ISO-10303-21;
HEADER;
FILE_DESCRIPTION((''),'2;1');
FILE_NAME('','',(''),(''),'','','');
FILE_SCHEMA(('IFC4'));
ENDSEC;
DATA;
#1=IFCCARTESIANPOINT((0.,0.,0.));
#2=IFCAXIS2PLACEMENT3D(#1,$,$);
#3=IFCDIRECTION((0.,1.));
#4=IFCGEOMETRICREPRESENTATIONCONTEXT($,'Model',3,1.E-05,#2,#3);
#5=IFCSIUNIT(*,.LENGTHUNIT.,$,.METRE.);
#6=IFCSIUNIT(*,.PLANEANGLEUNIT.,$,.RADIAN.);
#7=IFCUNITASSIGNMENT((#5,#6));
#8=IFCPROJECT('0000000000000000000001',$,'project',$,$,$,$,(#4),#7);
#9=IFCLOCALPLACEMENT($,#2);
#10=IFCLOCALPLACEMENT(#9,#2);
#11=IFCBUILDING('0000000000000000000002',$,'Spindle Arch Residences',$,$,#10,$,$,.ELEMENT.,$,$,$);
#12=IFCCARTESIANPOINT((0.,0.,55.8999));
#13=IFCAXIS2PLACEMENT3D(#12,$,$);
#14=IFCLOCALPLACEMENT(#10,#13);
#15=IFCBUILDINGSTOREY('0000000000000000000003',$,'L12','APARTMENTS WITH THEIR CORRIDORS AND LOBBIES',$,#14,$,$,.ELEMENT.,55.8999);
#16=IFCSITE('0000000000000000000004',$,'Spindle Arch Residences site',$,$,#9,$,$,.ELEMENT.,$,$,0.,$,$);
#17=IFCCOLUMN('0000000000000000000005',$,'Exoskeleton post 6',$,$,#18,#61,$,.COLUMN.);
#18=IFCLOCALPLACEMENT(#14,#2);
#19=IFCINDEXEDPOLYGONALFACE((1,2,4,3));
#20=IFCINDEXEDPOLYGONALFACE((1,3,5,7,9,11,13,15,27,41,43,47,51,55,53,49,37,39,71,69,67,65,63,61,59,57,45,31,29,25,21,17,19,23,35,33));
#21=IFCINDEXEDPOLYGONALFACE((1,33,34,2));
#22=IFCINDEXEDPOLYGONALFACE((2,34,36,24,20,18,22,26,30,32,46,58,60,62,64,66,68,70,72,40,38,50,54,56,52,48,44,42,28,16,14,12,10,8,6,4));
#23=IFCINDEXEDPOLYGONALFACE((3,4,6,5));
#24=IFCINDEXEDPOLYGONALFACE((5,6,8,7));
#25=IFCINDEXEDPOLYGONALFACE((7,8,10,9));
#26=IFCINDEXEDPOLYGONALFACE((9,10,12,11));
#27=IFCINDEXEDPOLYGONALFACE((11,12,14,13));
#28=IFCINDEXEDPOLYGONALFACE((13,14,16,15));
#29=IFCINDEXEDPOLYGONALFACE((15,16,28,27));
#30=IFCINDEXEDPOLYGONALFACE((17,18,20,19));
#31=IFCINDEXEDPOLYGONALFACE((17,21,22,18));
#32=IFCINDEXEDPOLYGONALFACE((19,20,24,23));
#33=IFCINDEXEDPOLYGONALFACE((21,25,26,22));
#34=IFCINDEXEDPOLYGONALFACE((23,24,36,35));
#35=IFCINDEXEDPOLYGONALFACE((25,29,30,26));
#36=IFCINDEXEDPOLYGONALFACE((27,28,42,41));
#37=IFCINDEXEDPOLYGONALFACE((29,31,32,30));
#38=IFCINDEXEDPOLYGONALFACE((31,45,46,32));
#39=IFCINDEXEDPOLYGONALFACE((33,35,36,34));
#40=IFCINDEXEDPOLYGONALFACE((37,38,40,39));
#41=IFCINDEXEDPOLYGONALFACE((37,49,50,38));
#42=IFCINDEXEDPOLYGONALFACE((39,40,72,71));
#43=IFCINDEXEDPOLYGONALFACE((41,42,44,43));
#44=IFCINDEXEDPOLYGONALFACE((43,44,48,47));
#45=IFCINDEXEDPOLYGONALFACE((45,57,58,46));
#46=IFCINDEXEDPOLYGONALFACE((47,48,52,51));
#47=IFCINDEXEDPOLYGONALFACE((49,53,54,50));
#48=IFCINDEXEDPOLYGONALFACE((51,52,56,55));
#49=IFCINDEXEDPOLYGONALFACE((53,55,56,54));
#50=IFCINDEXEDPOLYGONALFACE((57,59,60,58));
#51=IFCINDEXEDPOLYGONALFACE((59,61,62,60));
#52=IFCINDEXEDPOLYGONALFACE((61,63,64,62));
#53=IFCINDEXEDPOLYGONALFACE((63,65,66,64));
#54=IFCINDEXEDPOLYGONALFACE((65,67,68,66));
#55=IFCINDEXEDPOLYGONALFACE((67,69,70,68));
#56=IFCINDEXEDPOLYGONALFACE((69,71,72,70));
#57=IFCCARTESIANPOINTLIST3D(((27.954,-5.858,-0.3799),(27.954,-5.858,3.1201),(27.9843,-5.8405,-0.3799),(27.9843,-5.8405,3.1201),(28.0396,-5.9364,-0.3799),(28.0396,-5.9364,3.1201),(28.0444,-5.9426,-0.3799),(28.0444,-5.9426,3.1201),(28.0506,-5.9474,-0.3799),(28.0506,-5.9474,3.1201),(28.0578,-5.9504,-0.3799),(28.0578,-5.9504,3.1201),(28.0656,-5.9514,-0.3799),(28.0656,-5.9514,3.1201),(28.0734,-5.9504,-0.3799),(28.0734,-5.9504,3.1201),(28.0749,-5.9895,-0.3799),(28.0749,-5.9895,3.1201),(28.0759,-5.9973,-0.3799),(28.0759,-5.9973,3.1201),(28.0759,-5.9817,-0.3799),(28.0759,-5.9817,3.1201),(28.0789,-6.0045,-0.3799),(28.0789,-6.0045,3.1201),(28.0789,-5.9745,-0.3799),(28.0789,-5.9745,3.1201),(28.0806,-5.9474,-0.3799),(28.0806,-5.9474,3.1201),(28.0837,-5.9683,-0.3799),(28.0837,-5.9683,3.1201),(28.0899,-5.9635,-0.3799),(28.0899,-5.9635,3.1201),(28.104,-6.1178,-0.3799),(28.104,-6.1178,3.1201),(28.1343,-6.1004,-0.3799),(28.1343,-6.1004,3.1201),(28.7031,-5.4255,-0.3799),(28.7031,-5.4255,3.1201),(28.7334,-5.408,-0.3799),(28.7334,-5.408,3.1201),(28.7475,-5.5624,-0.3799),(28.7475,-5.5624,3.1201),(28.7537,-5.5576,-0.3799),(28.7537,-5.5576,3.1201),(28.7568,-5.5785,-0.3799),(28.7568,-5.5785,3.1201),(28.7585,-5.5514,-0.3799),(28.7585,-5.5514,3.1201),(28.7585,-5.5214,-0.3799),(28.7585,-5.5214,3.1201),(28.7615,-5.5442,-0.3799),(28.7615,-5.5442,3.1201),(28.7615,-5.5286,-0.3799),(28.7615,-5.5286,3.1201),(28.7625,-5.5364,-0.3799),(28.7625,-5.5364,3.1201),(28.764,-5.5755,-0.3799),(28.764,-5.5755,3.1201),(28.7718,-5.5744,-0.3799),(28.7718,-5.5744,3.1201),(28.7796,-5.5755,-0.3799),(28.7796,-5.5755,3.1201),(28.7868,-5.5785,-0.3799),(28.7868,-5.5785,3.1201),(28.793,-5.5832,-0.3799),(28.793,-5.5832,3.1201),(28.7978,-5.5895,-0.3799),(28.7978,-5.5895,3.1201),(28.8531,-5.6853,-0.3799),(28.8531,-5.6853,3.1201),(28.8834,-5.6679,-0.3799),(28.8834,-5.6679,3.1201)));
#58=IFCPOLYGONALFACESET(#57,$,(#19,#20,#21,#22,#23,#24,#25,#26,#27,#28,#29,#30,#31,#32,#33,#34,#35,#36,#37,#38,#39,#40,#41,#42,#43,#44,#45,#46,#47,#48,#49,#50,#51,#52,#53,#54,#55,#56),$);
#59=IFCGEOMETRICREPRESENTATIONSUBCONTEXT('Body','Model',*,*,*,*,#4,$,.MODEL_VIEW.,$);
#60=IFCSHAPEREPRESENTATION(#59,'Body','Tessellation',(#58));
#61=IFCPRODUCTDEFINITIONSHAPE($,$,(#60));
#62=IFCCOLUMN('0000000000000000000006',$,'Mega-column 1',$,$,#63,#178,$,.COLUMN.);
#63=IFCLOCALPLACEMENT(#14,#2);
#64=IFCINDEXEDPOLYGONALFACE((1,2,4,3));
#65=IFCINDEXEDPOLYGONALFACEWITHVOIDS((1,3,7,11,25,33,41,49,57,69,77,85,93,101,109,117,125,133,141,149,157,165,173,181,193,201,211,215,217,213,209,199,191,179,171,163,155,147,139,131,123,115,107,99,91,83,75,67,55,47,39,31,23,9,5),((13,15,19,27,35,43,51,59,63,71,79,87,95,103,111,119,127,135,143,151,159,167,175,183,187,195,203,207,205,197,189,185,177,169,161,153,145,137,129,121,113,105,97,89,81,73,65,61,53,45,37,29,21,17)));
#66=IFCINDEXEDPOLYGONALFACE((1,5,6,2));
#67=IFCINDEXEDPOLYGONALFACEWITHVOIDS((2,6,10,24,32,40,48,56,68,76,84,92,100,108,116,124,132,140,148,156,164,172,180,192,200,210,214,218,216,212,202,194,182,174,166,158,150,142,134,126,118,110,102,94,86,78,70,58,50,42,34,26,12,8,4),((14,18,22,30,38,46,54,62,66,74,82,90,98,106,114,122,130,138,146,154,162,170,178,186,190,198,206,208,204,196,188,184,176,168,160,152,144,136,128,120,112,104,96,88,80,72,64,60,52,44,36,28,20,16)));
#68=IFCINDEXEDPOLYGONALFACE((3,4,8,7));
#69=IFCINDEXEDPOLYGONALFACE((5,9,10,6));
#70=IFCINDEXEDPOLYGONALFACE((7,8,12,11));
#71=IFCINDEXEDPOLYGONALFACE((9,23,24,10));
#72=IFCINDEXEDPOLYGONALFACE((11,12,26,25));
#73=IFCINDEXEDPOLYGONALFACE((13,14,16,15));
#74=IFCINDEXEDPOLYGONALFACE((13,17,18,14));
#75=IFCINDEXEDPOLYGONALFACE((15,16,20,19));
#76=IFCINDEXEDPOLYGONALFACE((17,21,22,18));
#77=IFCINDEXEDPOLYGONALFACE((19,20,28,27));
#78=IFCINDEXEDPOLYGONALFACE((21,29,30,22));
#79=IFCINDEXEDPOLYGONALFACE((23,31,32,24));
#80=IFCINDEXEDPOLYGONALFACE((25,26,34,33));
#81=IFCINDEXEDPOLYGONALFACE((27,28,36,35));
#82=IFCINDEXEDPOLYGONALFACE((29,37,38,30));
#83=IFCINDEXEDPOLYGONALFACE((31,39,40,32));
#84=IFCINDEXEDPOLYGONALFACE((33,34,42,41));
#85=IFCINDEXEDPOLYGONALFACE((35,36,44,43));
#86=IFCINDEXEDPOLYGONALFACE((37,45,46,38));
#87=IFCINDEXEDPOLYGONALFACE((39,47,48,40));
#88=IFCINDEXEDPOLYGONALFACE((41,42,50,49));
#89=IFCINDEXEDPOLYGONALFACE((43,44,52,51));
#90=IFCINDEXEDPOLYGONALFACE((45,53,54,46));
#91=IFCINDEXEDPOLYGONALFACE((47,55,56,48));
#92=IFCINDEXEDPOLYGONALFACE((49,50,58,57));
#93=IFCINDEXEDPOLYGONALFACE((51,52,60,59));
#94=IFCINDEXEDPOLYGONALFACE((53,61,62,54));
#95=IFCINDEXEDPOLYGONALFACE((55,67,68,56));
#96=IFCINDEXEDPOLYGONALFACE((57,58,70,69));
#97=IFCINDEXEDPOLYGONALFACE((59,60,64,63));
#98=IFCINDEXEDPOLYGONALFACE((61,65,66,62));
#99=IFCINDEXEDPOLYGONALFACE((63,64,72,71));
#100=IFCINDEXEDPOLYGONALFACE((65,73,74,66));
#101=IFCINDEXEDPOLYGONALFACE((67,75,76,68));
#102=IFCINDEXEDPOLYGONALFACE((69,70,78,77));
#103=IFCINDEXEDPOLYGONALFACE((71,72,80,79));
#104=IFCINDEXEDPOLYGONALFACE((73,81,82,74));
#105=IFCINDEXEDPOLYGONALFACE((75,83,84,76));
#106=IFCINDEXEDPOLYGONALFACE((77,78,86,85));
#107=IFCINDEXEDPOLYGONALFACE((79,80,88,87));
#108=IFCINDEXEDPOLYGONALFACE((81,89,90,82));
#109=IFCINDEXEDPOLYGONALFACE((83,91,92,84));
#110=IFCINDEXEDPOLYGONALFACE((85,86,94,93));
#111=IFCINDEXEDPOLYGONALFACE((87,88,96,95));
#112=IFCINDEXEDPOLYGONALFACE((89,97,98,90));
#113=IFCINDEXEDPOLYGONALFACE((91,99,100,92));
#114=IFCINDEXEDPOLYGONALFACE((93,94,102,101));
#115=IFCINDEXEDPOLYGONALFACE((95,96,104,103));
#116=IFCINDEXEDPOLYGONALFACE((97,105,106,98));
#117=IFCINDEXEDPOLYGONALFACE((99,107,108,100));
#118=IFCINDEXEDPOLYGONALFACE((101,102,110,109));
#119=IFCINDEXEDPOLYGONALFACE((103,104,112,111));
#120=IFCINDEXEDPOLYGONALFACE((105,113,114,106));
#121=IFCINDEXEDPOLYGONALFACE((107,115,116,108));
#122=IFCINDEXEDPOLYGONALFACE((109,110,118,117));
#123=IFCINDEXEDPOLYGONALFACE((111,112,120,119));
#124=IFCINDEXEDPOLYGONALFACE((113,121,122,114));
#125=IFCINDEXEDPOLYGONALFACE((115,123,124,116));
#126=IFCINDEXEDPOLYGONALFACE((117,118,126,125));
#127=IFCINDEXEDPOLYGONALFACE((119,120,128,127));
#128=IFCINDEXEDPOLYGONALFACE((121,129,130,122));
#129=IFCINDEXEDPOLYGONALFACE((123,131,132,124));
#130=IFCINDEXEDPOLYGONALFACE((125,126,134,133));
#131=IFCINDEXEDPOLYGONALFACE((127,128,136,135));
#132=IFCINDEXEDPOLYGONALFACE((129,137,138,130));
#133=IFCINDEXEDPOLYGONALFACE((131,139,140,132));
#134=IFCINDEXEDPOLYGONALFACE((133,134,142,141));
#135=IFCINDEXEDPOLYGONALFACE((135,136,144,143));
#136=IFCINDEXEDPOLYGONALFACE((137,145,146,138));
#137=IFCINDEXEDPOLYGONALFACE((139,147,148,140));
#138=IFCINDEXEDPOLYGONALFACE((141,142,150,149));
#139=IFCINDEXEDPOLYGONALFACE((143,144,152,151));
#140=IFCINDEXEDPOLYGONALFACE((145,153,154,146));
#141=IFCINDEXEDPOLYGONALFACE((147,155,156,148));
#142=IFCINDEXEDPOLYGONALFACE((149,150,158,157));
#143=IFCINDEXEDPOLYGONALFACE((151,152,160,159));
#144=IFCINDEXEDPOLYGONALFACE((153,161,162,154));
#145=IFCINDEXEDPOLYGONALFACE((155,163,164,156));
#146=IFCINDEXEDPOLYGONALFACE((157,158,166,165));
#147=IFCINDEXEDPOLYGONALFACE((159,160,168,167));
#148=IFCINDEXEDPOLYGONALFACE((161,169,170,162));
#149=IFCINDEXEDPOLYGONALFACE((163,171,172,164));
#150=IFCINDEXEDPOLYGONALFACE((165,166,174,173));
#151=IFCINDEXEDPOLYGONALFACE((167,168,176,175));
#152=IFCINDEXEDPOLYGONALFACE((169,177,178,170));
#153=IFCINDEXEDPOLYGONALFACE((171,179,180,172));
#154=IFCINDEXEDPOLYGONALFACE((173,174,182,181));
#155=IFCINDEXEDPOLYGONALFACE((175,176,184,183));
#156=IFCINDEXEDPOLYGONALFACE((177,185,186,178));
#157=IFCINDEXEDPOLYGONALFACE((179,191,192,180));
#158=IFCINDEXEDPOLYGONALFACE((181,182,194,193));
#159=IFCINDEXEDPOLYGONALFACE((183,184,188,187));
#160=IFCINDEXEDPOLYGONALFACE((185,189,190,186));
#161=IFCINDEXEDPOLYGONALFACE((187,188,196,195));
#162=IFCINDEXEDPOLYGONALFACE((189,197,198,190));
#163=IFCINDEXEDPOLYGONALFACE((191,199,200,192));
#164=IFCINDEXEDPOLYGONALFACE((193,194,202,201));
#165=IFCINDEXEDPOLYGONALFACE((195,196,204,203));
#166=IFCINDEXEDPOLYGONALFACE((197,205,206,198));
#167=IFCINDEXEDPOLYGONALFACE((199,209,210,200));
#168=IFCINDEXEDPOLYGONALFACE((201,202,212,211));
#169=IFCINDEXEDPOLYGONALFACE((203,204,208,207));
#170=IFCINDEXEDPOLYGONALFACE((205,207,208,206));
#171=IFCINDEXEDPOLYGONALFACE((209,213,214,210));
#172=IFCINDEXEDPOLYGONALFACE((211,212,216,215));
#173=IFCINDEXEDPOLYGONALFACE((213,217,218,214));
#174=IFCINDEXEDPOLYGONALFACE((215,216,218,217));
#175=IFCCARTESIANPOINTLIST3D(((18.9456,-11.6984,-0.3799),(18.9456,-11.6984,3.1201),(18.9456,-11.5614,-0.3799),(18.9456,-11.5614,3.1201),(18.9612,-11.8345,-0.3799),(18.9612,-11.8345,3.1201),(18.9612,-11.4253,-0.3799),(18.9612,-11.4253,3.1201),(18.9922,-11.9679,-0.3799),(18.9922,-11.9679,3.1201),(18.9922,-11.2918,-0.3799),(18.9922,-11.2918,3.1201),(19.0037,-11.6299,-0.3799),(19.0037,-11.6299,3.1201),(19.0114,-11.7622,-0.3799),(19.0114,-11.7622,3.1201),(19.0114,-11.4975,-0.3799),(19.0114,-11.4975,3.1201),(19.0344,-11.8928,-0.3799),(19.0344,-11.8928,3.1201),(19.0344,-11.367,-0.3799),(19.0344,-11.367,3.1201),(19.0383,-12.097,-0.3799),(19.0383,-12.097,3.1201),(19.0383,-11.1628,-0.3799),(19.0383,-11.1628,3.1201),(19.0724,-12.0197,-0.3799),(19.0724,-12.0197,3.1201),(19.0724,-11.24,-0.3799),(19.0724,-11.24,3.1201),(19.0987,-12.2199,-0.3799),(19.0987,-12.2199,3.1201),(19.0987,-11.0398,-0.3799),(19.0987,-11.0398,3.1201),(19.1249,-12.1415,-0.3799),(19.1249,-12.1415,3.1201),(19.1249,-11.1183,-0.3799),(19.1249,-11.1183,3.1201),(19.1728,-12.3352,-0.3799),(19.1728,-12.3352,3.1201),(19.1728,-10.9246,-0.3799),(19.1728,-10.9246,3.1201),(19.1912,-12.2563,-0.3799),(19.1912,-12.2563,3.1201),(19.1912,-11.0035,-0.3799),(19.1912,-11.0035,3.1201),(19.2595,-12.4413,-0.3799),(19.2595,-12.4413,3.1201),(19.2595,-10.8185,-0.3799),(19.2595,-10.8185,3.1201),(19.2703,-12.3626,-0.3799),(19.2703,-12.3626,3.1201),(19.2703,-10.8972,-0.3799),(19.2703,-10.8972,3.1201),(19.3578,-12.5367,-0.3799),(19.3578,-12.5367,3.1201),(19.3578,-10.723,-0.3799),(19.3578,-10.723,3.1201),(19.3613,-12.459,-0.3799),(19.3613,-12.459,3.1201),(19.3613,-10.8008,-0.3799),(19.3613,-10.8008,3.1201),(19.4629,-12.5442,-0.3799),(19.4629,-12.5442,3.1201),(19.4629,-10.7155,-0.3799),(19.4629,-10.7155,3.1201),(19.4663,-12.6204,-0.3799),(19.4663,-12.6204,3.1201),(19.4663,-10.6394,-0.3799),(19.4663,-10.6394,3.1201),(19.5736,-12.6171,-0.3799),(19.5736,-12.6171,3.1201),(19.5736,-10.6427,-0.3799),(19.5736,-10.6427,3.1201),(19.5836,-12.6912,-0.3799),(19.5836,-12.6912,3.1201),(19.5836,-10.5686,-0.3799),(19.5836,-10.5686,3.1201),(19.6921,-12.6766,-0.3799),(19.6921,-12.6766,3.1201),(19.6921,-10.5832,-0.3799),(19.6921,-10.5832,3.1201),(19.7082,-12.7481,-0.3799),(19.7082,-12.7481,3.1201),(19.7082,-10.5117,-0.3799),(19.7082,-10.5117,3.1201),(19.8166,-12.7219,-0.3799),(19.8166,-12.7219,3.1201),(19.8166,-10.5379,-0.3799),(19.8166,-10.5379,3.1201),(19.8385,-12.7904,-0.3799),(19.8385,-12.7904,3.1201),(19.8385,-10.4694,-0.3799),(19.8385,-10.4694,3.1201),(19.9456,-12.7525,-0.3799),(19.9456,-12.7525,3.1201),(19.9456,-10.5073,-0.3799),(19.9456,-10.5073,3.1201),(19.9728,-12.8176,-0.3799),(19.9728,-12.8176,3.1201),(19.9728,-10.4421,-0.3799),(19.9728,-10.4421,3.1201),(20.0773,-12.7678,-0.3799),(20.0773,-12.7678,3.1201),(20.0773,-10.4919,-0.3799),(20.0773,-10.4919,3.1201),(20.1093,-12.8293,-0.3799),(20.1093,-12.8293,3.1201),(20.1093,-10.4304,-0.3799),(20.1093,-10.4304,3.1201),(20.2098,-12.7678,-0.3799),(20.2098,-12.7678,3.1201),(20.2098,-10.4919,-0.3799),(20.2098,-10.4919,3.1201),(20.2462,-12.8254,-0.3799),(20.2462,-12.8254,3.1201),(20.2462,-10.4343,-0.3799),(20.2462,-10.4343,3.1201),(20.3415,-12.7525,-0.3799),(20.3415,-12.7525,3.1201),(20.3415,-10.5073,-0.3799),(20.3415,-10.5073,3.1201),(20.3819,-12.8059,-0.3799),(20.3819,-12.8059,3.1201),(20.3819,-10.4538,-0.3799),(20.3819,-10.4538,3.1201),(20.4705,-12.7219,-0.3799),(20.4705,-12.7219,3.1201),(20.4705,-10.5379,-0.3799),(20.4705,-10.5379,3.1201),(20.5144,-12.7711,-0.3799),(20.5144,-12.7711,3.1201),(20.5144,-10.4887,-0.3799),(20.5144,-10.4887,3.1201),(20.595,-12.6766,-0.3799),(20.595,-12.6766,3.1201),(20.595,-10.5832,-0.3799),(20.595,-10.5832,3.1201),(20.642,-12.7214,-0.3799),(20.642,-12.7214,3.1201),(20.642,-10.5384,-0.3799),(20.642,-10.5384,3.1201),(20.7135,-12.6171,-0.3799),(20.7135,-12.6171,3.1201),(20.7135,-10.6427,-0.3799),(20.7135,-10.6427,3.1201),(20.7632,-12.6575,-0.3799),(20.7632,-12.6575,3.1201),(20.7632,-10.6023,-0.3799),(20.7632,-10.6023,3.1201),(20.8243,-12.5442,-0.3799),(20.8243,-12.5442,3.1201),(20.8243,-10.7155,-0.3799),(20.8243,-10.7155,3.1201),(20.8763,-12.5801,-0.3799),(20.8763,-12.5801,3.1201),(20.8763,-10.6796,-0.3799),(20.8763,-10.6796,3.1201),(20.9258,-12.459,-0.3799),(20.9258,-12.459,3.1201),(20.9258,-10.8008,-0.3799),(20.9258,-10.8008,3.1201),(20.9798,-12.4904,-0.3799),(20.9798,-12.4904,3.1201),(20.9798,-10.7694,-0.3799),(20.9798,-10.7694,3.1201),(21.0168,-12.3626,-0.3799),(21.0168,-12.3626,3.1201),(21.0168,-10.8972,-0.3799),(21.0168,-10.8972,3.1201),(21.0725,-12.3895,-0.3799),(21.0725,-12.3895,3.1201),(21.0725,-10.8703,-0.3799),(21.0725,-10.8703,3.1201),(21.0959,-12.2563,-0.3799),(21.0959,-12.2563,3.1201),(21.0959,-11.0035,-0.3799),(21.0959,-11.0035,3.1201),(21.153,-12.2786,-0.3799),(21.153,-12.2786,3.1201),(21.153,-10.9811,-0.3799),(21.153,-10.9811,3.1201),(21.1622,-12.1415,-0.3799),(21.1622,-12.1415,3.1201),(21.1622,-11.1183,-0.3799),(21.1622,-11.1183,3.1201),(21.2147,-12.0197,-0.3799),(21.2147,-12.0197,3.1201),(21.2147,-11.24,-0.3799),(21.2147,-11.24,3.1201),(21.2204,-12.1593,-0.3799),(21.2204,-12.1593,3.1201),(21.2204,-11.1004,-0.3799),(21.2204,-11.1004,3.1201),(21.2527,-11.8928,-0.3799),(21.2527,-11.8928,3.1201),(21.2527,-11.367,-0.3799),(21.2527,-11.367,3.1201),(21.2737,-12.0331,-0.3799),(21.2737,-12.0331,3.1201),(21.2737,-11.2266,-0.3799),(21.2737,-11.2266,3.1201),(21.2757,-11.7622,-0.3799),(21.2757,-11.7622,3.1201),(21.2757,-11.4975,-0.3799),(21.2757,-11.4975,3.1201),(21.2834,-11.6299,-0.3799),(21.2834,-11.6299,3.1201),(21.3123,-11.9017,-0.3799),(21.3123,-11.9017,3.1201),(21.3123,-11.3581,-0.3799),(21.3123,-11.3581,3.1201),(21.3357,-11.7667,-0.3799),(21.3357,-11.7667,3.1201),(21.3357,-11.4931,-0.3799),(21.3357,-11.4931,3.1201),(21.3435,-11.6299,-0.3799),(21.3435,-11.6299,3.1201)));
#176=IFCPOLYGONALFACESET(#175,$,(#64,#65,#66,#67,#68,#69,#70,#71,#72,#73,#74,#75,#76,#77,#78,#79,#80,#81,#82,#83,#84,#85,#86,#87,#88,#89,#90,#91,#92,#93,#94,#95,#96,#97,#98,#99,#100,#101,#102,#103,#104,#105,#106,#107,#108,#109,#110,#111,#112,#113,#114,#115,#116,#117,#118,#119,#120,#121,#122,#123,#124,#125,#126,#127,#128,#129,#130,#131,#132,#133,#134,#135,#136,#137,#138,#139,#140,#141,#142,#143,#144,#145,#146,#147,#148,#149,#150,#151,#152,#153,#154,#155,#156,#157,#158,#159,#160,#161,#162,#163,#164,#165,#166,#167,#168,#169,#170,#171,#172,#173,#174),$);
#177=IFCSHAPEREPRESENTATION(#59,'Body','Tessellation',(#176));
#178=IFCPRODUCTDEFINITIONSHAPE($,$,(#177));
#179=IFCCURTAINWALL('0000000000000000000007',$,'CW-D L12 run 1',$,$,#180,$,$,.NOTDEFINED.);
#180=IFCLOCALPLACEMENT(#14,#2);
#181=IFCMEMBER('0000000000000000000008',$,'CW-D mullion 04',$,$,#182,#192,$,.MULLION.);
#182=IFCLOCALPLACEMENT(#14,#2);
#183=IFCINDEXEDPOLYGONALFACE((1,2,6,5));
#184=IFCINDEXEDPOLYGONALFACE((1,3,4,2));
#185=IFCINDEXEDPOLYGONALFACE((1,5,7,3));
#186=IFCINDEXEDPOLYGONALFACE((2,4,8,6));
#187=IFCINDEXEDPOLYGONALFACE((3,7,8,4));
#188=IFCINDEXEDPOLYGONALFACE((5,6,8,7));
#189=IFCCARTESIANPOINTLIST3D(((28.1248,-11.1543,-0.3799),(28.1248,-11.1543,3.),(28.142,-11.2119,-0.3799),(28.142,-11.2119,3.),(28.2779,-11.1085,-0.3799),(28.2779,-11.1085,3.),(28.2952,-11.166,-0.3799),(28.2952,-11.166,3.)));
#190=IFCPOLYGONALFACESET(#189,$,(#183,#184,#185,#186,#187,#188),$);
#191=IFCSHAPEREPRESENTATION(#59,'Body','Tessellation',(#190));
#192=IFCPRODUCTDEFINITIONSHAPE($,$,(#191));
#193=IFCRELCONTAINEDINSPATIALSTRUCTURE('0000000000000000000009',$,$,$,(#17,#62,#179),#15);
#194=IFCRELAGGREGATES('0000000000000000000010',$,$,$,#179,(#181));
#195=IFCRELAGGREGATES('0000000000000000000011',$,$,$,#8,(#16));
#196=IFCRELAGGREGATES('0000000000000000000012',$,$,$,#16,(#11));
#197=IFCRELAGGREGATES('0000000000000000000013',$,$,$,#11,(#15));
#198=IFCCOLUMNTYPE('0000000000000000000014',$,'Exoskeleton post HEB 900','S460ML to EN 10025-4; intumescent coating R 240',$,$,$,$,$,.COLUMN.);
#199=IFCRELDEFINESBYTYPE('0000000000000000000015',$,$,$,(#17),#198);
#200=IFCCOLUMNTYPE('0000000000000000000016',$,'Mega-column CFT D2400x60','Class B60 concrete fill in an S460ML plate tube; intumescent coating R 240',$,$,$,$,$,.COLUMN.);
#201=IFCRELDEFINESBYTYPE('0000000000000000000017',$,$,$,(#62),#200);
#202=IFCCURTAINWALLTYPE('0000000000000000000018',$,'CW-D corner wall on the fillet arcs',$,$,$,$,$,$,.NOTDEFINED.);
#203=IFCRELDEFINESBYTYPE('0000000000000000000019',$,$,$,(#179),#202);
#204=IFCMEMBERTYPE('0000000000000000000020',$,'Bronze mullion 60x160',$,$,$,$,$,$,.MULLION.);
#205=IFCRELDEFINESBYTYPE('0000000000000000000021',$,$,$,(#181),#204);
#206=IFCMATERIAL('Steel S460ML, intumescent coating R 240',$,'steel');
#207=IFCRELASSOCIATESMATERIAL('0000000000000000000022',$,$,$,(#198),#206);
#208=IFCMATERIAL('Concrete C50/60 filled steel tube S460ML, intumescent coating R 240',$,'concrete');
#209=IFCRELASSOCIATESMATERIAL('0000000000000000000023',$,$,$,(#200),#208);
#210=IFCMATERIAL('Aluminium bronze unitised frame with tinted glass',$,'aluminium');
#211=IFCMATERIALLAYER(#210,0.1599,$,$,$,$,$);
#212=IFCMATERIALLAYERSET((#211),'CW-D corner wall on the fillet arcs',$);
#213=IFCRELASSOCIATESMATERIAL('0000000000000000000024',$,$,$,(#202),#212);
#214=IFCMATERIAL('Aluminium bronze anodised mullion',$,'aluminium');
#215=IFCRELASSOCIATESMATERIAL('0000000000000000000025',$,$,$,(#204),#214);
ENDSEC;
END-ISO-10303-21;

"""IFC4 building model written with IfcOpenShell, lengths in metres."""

from ifc_helpers import new_model, si_unit, direction, frame, origin, origin_2d, place, context, subcontext, project, spatial, rectangle, hollow_circle, i_section, extrude, material, layer, layer_set, material_profile, profile_set, type_object, element, aggregate, save


model = new_model("IFC4")

# Units and contexts
model_context = context("Model", 3, precision=1e-05, world=origin(), true_north=direction((0.0, 1.0)))
body_context = subcontext(model_context, "Body", "Model", "MODEL_VIEW")
ifc_project = project(units=[si_unit("LENGTHUNIT", "METRE"), si_unit("PLANEANGLEUNIT", "RADIAN")], contexts=[model_context])

# Site, building, storey
site_placement = place(None, origin())
site = spatial("IfcSite", under=ifc_project, at=site_placement, Name="Spindle Arch Residences site", CompositionType="ELEMENT", RefElevation=0.0)
building_placement = place(site_placement, origin())
building = spatial("IfcBuilding", under=site, at=building_placement, Name="Spindle Arch Residences", CompositionType="ELEMENT")
storey_placement = place(building_placement, frame((0.0, 0.0, 55.8999)))
storey = spatial("IfcBuildingStorey", under=building, at=storey_placement, Name="L12", Description="APARTMENTS WITH THEIR CORRIDORS AND LOBBIES", CompositionType="ELEMENT", Elevation=55.8999)

# Columns
ifc_material_1 = material(Name="Steel S460ML, intumescent coating R 240", Category="steel")
ifc_material_profile_1 = material_profile(ifc_material_1, i_section(OverallWidth=0.3, OverallDepth=0.8999, WebThickness=0.0186, FlangeThickness=0.0349, FilletRadius=0.03, at=origin_2d()), Name="HEB 900")
ifc_profile_set_1 = profile_set([ifc_material_profile_1], Name="Steel S460ML, intumescent coating R 240")
column_type_1 = type_object("IfcColumnType", Name="Exoskeleton post HEB 900", Description="S460ML to EN 10025-4; intumescent coating R 240", PredefinedType="COLUMN", material=ifc_profile_set_1)
column_1_placement = place(storey_placement, frame((28.4187, -5.7629, -0.3799), z_axis=(0.0, 0.0, 1.0), x_axis=(0.5, -0.866025, 0.0)))
element("IfcColumn", 1, at=column_1_placement, inside=storey, type_object=column_type_1, Name="Exoskeleton post 6", PredefinedType="COLUMN", context=body_context, shape_type="SweptSolid", body=[
    extrude(i_section(OverallWidth=0.3, OverallDepth=0.8999, WebThickness=0.0186, FlangeThickness=0.0349, FilletRadius=0.03, at=origin_2d()), origin(), (0.0, 0.0, 1.0), 3.5),
])
ifc_material_2 = material(Name="Concrete C50/60 filled steel tube S460ML, intumescent coating R 240", Category="concrete")
ifc_material_profile_2 = material_profile(ifc_material_2, hollow_circle(Radius=1.2, WallThickness=0.0601, at=origin_2d()), Name="CFT D2400x60")
ifc_profile_set_2 = profile_set([ifc_material_profile_2], Name="Concrete C50/60 filled steel tube S460ML, intumescent coating R 240")
column_type_2 = type_object("IfcColumnType", Name="Mega-column CFT D2400x60", Description="Class B60 concrete fill in an S460ML plate tube; intumescent coating R 240", PredefinedType="COLUMN", material=ifc_profile_set_2)
column_2_placement = place(storey_placement, frame((20.1436, -11.6299, -0.3799), z_axis=(0.0, 0.0, 1.0), x_axis=(1.0, 0.0, 0.0)))
element("IfcColumn", 2, at=column_2_placement, inside=storey, type_object=column_type_2, Name="Mega-column 1", PredefinedType="COLUMN", context=body_context, shape_type="SweptSolid", body=[
    extrude(hollow_circle(Radius=1.2, WallThickness=0.0601, at=origin_2d()), origin(), (0.0, 0.0, 1.0), 3.5),
])

# Curtain wall, member
ifc_material_3 = material(Name="Aluminium bronze unitised frame with tinted glass", Category="aluminium")
ifc_layer_1 = layer(ifc_material_3, 0.1599)
ifc_layer_set_1 = layer_set([ifc_layer_1], Name="CW-D corner wall on the fillet arcs")
curtain_wall_type_1 = type_object("IfcCurtainWallType", Name="CW-D corner wall on the fillet arcs", PredefinedType="NOTDEFINED", material=ifc_layer_set_1)
curtain_wall_1_placement = place(storey_placement, origin())
curtain_wall_1 = element("IfcCurtainWall", 3, at=curtain_wall_1_placement, inside=storey, type_object=curtain_wall_type_1, Name="CW-D L12 run 1", PredefinedType="NOTDEFINED")
ifc_material_4 = material(Name="Aluminium bronze anodised mullion", Category="aluminium")
ifc_material_profile_3 = material_profile(ifc_material_4, rectangle(XDim=0.1599, YDim=0.0601, at=origin_2d()), Name="MU 60x160")
ifc_profile_set_3 = profile_set([ifc_material_profile_3], Name="Aluminium bronze anodised mullion")
member_type_1 = type_object("IfcMemberType", Name="Bronze mullion 60x160", PredefinedType="MULLION", material=ifc_profile_set_3)
member_1_placement = place(storey_placement, frame((28.21, -11.1602, -0.3799), z_axis=(0.0, 0.0, 1.0), x_axis=(-0.95799, -0.286803, 0.0)))
member_1 = element("IfcMember", 4, at=member_1_placement, type_object=member_type_1, Name="CW-D mullion 04", PredefinedType="MULLION", context=body_context, shape_type="SweptSolid", body=[
    extrude(rectangle(XDim=0.1599, YDim=0.0601, at=origin_2d()), origin(), (0.0, 0.0, 1.0), 3.3799),
])

aggregate(curtain_wall_1, [member_1])

save(model, "model.ifc")
